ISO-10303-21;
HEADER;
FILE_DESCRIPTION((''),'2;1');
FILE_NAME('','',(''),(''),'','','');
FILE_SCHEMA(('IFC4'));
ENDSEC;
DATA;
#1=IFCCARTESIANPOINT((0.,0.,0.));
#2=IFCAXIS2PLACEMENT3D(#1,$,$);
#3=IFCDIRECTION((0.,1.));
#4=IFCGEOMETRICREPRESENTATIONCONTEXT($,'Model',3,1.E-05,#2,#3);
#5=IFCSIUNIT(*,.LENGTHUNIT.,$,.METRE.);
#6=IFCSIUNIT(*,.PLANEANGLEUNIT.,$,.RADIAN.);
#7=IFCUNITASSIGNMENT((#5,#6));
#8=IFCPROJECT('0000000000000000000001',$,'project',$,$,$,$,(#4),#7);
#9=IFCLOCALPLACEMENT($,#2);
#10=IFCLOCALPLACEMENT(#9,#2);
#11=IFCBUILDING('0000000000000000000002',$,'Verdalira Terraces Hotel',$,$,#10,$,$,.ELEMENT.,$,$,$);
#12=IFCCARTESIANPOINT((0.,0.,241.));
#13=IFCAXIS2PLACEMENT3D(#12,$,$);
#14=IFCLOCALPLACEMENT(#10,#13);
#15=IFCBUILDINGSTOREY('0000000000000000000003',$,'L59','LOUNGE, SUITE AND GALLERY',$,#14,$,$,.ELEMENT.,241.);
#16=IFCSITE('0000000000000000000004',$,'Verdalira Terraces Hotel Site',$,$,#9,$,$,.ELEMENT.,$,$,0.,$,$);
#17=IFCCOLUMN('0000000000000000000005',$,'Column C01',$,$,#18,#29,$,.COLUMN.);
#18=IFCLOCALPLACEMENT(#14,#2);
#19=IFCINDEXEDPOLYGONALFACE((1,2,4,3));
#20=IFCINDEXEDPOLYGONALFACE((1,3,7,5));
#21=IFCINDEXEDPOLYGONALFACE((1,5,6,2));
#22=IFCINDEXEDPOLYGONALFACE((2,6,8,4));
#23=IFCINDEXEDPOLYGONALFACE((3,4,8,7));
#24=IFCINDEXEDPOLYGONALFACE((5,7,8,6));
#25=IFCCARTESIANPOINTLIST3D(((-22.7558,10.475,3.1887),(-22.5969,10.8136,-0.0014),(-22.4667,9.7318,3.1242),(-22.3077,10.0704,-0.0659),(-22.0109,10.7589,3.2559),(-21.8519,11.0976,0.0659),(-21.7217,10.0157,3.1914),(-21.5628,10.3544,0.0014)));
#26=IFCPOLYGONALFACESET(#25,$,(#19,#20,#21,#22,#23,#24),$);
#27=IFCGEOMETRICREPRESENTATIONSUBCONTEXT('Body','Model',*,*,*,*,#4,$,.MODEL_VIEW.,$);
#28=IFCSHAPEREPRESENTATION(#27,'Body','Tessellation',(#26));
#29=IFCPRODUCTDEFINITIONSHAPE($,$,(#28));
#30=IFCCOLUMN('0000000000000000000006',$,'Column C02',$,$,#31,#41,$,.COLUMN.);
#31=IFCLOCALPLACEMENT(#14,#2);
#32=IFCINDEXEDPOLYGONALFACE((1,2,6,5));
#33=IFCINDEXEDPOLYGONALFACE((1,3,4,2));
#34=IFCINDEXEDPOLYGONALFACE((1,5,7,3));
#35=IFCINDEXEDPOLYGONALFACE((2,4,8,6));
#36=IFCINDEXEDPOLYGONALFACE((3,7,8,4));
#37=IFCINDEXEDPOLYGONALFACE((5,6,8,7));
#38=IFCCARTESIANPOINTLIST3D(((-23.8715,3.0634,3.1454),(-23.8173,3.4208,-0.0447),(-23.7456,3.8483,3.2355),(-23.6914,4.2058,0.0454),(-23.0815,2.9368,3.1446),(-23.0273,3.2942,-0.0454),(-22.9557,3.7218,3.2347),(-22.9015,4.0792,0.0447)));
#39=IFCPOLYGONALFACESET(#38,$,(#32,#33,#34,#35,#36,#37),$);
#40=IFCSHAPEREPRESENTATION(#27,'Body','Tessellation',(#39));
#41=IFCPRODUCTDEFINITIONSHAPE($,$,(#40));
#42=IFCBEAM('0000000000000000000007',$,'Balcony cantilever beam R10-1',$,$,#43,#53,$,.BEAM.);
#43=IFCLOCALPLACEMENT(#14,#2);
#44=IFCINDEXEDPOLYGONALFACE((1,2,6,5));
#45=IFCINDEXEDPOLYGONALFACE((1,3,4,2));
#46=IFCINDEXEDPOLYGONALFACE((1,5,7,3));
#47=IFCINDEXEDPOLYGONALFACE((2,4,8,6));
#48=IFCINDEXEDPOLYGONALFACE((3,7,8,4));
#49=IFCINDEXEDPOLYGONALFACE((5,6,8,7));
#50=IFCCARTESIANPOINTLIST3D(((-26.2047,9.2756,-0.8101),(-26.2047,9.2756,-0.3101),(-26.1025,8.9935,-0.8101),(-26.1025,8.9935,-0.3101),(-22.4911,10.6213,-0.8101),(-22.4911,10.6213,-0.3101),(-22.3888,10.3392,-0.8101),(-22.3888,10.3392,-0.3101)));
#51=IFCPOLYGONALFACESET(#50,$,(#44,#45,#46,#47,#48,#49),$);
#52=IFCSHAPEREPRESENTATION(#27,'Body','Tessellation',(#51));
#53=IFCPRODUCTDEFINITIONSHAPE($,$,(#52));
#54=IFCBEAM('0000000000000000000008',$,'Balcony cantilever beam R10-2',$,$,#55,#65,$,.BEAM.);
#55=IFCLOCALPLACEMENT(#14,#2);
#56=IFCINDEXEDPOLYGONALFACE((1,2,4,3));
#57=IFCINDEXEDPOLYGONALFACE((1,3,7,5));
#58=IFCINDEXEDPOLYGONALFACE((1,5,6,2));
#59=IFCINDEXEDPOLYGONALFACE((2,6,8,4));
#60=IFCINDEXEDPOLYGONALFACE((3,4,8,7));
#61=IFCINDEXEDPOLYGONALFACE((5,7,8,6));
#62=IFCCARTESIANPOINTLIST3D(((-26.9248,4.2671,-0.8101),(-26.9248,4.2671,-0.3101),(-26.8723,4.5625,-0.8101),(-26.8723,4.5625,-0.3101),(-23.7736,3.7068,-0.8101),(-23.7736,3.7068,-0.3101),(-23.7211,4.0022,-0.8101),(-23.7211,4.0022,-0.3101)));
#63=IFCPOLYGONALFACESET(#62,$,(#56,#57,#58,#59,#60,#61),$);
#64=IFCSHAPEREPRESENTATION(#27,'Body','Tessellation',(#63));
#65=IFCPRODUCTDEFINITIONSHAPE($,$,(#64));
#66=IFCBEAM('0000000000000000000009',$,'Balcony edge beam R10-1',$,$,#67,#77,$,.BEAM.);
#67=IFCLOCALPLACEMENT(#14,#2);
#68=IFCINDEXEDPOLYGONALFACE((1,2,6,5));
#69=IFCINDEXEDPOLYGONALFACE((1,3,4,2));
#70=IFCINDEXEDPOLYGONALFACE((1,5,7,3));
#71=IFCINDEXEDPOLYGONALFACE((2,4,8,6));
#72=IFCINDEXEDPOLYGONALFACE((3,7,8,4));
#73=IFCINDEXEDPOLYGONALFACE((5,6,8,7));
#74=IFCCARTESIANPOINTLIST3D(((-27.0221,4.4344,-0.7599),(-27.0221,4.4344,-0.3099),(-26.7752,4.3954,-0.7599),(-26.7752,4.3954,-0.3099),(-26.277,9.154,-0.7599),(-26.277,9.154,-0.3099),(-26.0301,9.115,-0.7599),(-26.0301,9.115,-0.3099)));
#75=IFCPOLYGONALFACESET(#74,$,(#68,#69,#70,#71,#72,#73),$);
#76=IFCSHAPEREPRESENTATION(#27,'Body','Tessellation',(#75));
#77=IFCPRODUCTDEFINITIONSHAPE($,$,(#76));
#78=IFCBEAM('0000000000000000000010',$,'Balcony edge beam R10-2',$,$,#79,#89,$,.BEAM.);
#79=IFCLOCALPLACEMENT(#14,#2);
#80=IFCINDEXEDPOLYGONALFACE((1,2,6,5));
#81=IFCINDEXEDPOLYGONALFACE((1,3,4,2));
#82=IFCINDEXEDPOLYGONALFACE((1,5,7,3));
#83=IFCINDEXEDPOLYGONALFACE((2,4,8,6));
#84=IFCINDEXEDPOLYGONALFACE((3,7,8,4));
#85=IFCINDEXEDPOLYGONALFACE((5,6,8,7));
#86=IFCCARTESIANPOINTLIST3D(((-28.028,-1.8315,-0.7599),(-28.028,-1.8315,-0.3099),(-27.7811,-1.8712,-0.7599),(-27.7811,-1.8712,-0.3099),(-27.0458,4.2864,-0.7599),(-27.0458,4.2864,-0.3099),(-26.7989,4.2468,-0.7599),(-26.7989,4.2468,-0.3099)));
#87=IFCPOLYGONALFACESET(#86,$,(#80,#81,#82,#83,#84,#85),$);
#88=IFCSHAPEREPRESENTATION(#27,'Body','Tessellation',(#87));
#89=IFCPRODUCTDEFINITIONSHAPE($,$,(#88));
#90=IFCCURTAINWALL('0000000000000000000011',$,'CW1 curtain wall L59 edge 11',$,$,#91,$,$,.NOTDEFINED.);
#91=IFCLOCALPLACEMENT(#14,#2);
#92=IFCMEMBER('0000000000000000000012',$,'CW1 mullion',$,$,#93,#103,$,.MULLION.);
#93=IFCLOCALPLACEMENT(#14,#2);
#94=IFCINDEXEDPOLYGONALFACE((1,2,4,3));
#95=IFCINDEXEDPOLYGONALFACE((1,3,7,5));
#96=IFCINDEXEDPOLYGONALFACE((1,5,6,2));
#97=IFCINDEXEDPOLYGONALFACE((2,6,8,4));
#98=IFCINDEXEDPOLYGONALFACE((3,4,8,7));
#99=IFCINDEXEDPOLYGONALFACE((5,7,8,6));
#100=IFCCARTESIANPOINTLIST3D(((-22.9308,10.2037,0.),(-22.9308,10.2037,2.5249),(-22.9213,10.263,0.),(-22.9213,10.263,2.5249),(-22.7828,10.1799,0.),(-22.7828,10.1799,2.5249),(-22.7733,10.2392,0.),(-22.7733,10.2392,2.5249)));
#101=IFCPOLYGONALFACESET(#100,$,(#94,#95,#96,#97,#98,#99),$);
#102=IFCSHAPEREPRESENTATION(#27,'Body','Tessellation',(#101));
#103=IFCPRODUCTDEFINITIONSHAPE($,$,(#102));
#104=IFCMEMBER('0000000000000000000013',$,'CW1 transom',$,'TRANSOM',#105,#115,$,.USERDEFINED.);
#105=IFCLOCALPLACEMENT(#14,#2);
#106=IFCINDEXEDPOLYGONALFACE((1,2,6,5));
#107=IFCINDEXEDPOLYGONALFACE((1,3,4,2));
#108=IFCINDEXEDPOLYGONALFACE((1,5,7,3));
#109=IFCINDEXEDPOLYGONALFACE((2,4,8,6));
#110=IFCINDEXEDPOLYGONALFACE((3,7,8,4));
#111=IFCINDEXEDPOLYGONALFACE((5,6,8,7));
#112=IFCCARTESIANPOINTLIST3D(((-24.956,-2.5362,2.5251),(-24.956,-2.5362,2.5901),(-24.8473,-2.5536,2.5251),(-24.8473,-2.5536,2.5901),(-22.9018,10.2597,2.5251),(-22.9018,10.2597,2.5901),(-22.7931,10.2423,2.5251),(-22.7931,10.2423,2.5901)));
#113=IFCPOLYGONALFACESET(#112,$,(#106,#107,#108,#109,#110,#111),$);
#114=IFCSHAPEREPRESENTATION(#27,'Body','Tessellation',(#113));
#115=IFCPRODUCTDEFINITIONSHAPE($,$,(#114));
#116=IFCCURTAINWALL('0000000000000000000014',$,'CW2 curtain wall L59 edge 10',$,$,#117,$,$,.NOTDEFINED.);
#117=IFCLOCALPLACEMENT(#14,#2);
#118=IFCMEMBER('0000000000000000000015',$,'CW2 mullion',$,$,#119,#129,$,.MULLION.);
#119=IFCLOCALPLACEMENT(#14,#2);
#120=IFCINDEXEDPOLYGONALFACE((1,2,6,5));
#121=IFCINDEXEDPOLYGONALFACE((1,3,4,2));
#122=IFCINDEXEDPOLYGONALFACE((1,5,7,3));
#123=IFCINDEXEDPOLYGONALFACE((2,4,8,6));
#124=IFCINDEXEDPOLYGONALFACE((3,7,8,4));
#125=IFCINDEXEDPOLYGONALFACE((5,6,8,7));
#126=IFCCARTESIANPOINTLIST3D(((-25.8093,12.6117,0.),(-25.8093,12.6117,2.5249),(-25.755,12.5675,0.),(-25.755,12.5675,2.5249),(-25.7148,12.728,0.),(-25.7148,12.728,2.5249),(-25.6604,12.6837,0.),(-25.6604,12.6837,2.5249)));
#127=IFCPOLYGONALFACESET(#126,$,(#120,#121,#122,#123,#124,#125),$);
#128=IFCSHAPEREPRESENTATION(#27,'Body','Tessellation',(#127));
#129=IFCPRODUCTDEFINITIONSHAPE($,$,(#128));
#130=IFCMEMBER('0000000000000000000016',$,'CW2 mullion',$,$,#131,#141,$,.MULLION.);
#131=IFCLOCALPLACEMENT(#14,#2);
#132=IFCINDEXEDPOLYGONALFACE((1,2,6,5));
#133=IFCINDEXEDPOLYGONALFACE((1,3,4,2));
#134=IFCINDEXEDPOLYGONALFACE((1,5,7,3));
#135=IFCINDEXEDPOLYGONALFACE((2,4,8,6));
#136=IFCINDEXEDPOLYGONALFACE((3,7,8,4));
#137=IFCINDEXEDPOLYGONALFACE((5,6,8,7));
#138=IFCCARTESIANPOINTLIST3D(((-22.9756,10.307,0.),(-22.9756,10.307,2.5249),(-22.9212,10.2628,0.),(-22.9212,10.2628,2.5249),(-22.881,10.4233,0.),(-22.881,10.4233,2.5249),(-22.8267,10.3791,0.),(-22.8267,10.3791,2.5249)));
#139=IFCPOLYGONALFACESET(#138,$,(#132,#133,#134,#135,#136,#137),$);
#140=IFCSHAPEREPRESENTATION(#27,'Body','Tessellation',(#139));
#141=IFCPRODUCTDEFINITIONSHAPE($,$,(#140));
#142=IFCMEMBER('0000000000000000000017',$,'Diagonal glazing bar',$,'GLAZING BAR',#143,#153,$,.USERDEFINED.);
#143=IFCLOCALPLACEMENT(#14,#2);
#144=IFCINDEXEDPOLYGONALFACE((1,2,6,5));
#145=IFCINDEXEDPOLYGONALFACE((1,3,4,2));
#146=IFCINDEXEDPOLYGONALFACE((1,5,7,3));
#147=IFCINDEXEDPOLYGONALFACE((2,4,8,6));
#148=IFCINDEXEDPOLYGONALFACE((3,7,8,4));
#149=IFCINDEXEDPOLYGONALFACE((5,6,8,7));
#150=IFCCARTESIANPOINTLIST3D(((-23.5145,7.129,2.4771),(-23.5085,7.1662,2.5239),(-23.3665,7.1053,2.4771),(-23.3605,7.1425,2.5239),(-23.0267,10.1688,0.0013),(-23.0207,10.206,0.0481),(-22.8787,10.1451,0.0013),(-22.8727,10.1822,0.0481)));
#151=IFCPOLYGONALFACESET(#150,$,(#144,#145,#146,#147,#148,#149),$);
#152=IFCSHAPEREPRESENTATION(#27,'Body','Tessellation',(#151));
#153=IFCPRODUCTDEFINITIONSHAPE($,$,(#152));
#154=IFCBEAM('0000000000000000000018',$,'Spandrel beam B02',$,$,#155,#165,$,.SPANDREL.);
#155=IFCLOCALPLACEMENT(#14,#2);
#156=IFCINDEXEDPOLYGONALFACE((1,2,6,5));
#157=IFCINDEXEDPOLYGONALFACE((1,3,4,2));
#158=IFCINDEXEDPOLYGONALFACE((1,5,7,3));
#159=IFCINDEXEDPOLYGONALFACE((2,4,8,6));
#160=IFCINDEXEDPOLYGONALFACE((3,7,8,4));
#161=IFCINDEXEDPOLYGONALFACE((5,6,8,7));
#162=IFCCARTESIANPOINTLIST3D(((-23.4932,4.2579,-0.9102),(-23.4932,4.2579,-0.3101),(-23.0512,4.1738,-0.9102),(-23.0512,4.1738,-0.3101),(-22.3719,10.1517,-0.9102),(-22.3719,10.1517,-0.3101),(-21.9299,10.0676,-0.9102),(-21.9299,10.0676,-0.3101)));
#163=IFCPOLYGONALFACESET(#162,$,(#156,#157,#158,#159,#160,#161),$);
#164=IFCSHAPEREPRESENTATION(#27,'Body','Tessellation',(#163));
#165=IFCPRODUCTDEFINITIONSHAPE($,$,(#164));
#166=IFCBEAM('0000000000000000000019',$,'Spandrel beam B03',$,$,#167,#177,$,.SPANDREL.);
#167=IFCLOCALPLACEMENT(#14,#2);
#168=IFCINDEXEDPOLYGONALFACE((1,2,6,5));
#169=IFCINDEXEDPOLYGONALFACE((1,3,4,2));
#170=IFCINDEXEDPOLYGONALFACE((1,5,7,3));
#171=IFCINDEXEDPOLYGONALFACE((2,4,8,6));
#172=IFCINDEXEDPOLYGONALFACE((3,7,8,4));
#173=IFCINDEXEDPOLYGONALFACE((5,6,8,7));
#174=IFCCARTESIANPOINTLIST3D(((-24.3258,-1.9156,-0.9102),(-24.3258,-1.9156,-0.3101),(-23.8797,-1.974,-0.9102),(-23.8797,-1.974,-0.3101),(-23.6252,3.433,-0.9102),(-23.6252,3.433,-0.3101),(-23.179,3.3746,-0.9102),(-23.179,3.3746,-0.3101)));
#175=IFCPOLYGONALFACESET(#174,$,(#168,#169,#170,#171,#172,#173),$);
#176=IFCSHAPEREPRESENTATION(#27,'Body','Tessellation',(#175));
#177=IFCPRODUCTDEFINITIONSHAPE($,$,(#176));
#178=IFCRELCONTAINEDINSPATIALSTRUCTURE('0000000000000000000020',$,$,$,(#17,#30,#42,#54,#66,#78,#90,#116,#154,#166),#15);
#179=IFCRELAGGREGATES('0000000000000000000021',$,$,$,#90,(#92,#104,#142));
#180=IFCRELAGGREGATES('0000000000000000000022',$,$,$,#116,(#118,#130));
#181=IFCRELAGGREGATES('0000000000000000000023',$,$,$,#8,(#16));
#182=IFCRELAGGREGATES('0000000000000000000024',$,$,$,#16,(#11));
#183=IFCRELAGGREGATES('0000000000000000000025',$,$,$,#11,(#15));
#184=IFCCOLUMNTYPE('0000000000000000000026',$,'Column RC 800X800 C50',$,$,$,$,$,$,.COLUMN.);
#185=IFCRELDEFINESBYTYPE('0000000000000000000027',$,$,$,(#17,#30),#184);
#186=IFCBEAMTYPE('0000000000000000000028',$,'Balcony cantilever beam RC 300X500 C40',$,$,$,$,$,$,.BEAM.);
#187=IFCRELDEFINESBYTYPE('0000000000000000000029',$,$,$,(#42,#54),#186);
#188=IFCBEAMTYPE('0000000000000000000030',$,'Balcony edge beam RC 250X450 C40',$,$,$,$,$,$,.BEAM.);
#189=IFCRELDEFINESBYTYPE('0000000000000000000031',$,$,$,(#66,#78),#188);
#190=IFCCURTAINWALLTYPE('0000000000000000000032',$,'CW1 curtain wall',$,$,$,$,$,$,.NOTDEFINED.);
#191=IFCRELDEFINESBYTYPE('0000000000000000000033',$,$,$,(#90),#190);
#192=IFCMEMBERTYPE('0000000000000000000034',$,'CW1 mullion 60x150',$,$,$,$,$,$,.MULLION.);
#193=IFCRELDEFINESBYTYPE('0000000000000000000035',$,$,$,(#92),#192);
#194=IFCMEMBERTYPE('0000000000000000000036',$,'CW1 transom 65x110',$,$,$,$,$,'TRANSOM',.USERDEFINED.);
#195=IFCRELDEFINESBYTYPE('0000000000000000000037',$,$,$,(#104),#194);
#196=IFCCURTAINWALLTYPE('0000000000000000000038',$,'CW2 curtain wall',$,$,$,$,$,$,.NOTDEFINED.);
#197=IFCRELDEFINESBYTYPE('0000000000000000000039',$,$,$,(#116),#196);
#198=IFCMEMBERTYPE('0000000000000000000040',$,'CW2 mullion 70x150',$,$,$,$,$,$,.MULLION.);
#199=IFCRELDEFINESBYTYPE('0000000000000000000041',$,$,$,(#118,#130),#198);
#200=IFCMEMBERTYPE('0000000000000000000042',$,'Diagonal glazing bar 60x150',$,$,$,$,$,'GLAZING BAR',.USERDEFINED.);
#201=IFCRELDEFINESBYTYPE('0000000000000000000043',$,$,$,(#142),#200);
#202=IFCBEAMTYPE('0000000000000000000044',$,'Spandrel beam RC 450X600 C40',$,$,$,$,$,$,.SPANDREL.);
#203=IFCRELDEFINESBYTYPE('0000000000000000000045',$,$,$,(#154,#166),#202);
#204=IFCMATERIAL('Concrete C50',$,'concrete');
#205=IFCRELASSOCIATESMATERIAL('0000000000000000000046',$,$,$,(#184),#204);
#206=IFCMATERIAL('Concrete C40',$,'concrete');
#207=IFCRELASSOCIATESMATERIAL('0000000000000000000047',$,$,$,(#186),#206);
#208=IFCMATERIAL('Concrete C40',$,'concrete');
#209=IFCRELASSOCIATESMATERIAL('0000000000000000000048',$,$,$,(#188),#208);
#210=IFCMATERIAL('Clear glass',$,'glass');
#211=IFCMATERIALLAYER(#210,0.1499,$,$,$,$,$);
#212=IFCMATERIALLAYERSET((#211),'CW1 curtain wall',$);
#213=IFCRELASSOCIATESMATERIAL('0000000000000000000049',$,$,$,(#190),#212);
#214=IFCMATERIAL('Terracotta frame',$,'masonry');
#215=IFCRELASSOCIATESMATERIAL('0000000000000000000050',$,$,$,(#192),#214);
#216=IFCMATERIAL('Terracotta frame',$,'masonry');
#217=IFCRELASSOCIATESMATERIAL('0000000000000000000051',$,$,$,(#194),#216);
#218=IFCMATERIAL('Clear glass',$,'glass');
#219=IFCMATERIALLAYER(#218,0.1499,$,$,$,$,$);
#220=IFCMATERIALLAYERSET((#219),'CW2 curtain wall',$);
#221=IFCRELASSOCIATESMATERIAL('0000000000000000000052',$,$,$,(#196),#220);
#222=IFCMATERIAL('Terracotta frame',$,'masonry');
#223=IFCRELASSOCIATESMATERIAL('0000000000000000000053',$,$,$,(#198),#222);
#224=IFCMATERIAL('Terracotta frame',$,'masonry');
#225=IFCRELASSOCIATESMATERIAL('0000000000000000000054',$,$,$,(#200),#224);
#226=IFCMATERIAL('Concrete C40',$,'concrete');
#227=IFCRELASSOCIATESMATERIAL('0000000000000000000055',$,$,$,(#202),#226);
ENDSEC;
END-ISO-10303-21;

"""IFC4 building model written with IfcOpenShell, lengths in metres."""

from ifc_helpers import new_model, si_unit, direction, frame, origin, origin_2d, place, context, subcontext, project, spatial, rectangle, extrude, material, layer, layer_set, material_profile, profile_set, type_object, element, aggregate, save


model = new_model("IFC4")

# Units and contexts
model_context = context("Model", 3, precision=1e-05, world=origin(), true_north=direction((0.0, 1.0)))
body_context = subcontext(model_context, "Body", "Model", "MODEL_VIEW")
ifc_project = project(units=[si_unit("LENGTHUNIT", "METRE"), si_unit("PLANEANGLEUNIT", "RADIAN")], contexts=[model_context])

# Site, building, storey
site_placement = place(None, origin())
site = spatial("IfcSite", under=ifc_project, at=site_placement, Name="Verdalira Terraces Hotel Site", CompositionType="ELEMENT", RefElevation=0.0)
building_placement = place(site_placement, origin())
building = spatial("IfcBuilding", under=site, at=building_placement, Name="Verdalira Terraces Hotel", CompositionType="ELEMENT")
storey_placement = place(building_placement, frame((0.0, 0.0, 241.0)))
storey = spatial("IfcBuildingStorey", under=building, at=storey_placement, Name="L59", Description="LOUNGE, SUITE AND GALLERY", CompositionType="ELEMENT", Elevation=241.0)

# Columns
ifc_material_1 = material(Name="Concrete C50", Category="concrete")
ifc_material_profile_1 = material_profile(ifc_material_1, rectangle(XDim=0.8, YDim=0.8, at=origin_2d()), Name="RC 800X800")
ifc_profile_set_1 = profile_set([ifc_material_profile_1], Name="Concrete C50")
column_type = type_object("IfcColumnType", Name="Column RC 800X800 C50", PredefinedType="COLUMN", material=ifc_profile_set_1)
column_1_placement = place(storey_placement, frame((-22.0798, 10.584, 0.0), z_axis=(-0.049485, -0.105431, 0.993195), x_axis=(-0.361384, 0.928927, 0.080603)))
element("IfcColumn", 1, at=column_1_placement, inside=storey, type_object=column_type, Name="Column C01", PredefinedType="COLUMN", context=body_context, shape_type="SweptSolid", body=[
    extrude(rectangle(XDim=0.8, YDim=0.8, at=origin_2d()), origin(), (0.0, 0.0, 1.0), 3.2119),
])
column_2_placement = place(storey_placement, frame((-23.3594, 3.75, 0.0), z_axis=(-0.016883, -0.111334, 0.99364), x_axis=(-0.157303, -0.98111, -0.112603)))
element("IfcColumn", 2, at=column_2_placement, inside=storey, type_object=column_type, Name="Column C02", PredefinedType="COLUMN", context=body_context, shape_type="SweptSolid", body=[
    extrude(rectangle(XDim=0.8, YDim=0.8, at=origin_2d()), origin(), (0.0, 0.0, 1.0), 3.2104),
])

# Beams
ifc_material_2 = material(Name="Concrete C40", Category="concrete")
ifc_material_profile_2 = material_profile(ifc_material_2, rectangle(XDim=0.3, YDim=0.5, at=origin_2d()), Name="RC 300X500")
ifc_profile_set_2 = profile_set([ifc_material_profile_2], Name="Concrete C40")
beam_type_1 = type_object("IfcBeamType", Name="Balcony cantilever beam RC 300X500 C40", PredefinedType="BEAM", material=ifc_profile_set_2)
beam_1_placement = place(storey_placement, frame((-22.4399, 10.4802, -0.5601), z_axis=(-0.940175, -0.340691, 0.0), x_axis=(0.340691, -0.940175, 0.0)))
element("IfcBeam", 3, at=beam_1_placement, inside=storey, type_object=beam_type_1, Name="Balcony cantilever beam R10-1", PredefinedType="BEAM", context=body_context, shape_type="SweptSolid", body=[
    extrude(rectangle(XDim=0.3, YDim=0.5, at=origin_2d()), origin(), (0.0, 0.0, 1.0), 3.95),
])
beam_2_placement = place(storey_placement, frame((-23.7473, 3.8545, -0.5601), z_axis=(-0.984559, 0.175051, 0.0), x_axis=(-0.175051, -0.984559, 0.0)))
element("IfcBeam", 4, at=beam_2_placement, inside=storey, type_object=beam_type_1, Name="Balcony cantilever beam R10-2", PredefinedType="BEAM", context=body_context, shape_type="SweptSolid", body=[
    extrude(rectangle(XDim=0.3, YDim=0.5, at=origin_2d()), origin(), (0.0, 0.0, 1.0), 3.2007),
])
ifc_material_3 = material(Name="Concrete C40", Category="concrete")
ifc_material_profile_3 = material_profile(ifc_material_3, rectangle(XDim=0.25, YDim=0.45, at=origin_2d()), Name="RC 250X450")
ifc_profile_set_3 = profile_set([ifc_material_profile_3], Name="Concrete C40")
beam_type_2 = type_object("IfcBeamType", Name="Balcony edge beam RC 250X450 C40", PredefinedType="BEAM", material=ifc_profile_set_3)
beam_3_placement = place(storey_placement, frame((-26.1536, 9.1345, -0.5349), z_axis=(-0.155942, -0.987766, 0.0), x_axis=(0.987766, -0.155942, 0.0)))
element("IfcBeam", 5, at=beam_3_placement, inside=storey, type_object=beam_type_2, Name="Balcony edge beam R10-1", PredefinedType="BEAM", context=body_context, shape_type="SweptSolid", body=[
    extrude(rectangle(XDim=0.25, YDim=0.45, at=origin_2d()), origin(), (0.0, 0.0, 1.0), 4.7781),
])
beam_4_placement = place(storey_placement, frame((-26.9224, 4.2666, -0.5349), z_axis=(-0.158511, -0.987357, 0.0), x_axis=(0.987357, -0.158511, 0.0)))
element("IfcBeam", 6, at=beam_4_placement, inside=storey, type_object=beam_type_2, Name="Balcony edge beam R10-2", PredefinedType="BEAM", context=body_context, shape_type="SweptSolid", body=[
    extrude(rectangle(XDim=0.25, YDim=0.45, at=origin_2d()), origin(), (0.0, 0.0, 1.0), 6.1963),
])

# Curtain walls, members
ifc_material_4 = material(Name="Clear glass", Category="glass")
ifc_layer_1 = layer(ifc_material_4, 0.1499)
ifc_layer_set_1 = layer_set([ifc_layer_1], Name="CW1 curtain wall")
curtain_wall_type_1 = type_object("IfcCurtainWallType", Name="CW1 curtain wall", PredefinedType="NOTDEFINED", material=ifc_layer_set_1)
curtain_wall_1_placement = place(storey_placement, origin())
curtain_wall_1 = element("IfcCurtainWall", 7, at=curtain_wall_1_placement, inside=storey, type_object=curtain_wall_type_1, Name="CW1 curtain wall L59 edge 11", PredefinedType="NOTDEFINED")
ifc_material_5 = material(Name="Terracotta frame", Category="masonry")
ifc_material_profile_4 = material_profile(ifc_material_5, rectangle(XDim=0.0601, YDim=0.1499, at=origin_2d()), Name="MU 60x150")
ifc_profile_set_4 = profile_set([ifc_material_profile_4], Name="Terracotta frame")
member_type_1 = type_object("IfcMemberType", Name="CW1 mullion 60x150", PredefinedType="MULLION", material=ifc_profile_set_4)
member_1_placement = place(storey_placement, frame((-22.8521, 10.2214, 0.0), z_axis=(0.0, 0.0, 1.0), x_axis=(-0.158503, -0.987359, 0.0)))
member_1 = element("IfcMember", 8, at=member_1_placement, type_object=member_type_1, Name="CW1 mullion", PredefinedType="MULLION", context=body_context, shape_type="SweptSolid", body=[
    extrude(rectangle(XDim=0.0601, YDim=0.1499, at=origin_2d()), origin(), (0.0, 0.0, 1.0), 2.5249),
])
ifc_material_6 = material(Name="Terracotta frame", Category="masonry")
ifc_material_profile_5 = material_profile(ifc_material_6, rectangle(XDim=0.1101, YDim=0.0649, at=origin_2d()), Name="TR 65x110")
ifc_profile_set_5 = profile_set([ifc_material_profile_5], Name="Terracotta frame")
member_type_2 = type_object("IfcMemberType", Name="CW1 transom 65x110", ElementType="TRANSOM", PredefinedType="USERDEFINED", material=ifc_profile_set_5)
member_2_placement = place(storey_placement, frame((-22.8474, 10.251, 2.5576), z_axis=(-0.158506, -0.987358, 0.0), x_axis=(0.987358, -0.158506, 0.0)))
member_2 = element("IfcMember", 9, at=member_2_placement, type_object=member_type_2, Name="CW1 transom", ObjectType="TRANSOM", PredefinedType="USERDEFINED", context=body_context, shape_type="SweptSolid", body=[
    extrude(rectangle(XDim=0.1101, YDim=0.0649, at=origin_2d()), origin(), (0.0, 0.0, 1.0), 12.9597),
])
ifc_material_7 = material(Name="Clear glass", Category="glass")
ifc_layer_2 = layer(ifc_material_7, 0.1499)
ifc_layer_set_2 = layer_set([ifc_layer_2], Name="CW2 curtain wall")
curtain_wall_type_2 = type_object("IfcCurtainWallType", Name="CW2 curtain wall", PredefinedType="NOTDEFINED", material=ifc_layer_set_2)
curtain_wall_2_placement = place(storey_placement, origin())
curtain_wall_2 = element("IfcCurtainWall", 10, at=curtain_wall_2_placement, inside=storey, type_object=curtain_wall_type_2, Name="CW2 curtain wall L59 edge 10", PredefinedType="NOTDEFINED")
ifc_material_8 = material(Name="Terracotta frame", Category="masonry")
ifc_material_profile_6 = material_profile(ifc_material_8, rectangle(XDim=0.0701, YDim=0.1499, at=origin_2d()), Name="MU 70x150")
ifc_profile_set_6 = profile_set([ifc_material_profile_6], Name="Terracotta frame")
member_type_3 = type_object("IfcMemberType", Name="CW2 mullion 70x150", PredefinedType="MULLION", material=ifc_profile_set_6)
member_3_placement = place(storey_placement, frame((-25.7349, 12.6477, 0.0), z_axis=(0.0, 0.0, 1.0), x_axis=(0.775826, -0.630947, 0.0)))
member_3 = element("IfcMember", 11, at=member_3_placement, type_object=member_type_3, Name="CW2 mullion", PredefinedType="MULLION", context=body_context, shape_type="SweptSolid", body=[
    extrude(rectangle(XDim=0.0701, YDim=0.1499, at=origin_2d()), origin(), (0.0, 0.0, 1.0), 2.5249),
])
member_4_placement = place(storey_placement, frame((-22.9011, 10.343, 0.0), z_axis=(0.0, 0.0, 1.0), x_axis=(0.775826, -0.630947, 0.0)))
member_4 = element("IfcMember", 12, at=member_4_placement, type_object=member_type_3, Name="CW2 mullion", PredefinedType="MULLION", context=body_context, shape_type="SweptSolid", body=[
    extrude(rectangle(XDim=0.0701, YDim=0.1499, at=origin_2d()), origin(), (0.0, 0.0, 1.0), 2.5249),
])

# Member
ifc_material_9 = material(Name="Terracotta frame", Category="masonry")
ifc_material_profile_7 = material_profile(ifc_material_9, rectangle(XDim=0.1499, YDim=0.0601, at=origin_2d()), Name="GB 60x150")
ifc_profile_set_7 = profile_set([ifc_material_profile_7], Name="Terracotta frame")
member_type_4 = type_object("IfcMemberType", Name="Diagonal glazing bar 60x150", ElementType="GLAZING BAR", PredefinedType="USERDEFINED", material=ifc_profile_set_7)
member_5_placement = place(storey_placement, frame((-22.9497, 10.1755, 0.0247), z_axis=(-0.12347, -0.769432, 0.626681), x_axis=(0.987368, -0.158442, 0.0)))
member_5 = element("IfcMember", 13, at=member_5_placement, type_object=member_type_4, Name="Diagonal glazing bar", ObjectType="GLAZING BAR", PredefinedType="USERDEFINED", context=body_context, shape_type="SweptSolid", body=[
    extrude(rectangle(XDim=0.1499, YDim=0.0601, at=origin_2d()), origin(), (0.0, 0.0, 1.0), 3.9507),
])

# Beams
ifc_material_10 = material(Name="Concrete C40", Category="concrete")
ifc_material_profile_8 = material_profile(ifc_material_10, rectangle(XDim=0.45, YDim=0.6001, at=origin_2d()), Name="RC 450X600")
ifc_profile_set_8 = profile_set([ifc_material_profile_8], Name="Concrete C40")
beam_type_3 = type_object("IfcBeamType", Name="Spandrel beam RC 450X600 C40", PredefinedType="SPANDREL", material=ifc_profile_set_8)
beam_5_placement = place(storey_placement, frame((-22.1509, 10.1096, -0.6101), z_axis=(-0.186905, -0.982378, 0.0), x_axis=(0.982378, -0.186905, 0.0)))
element("IfcBeam", 14, at=beam_5_placement, inside=storey, type_object=beam_type_3, Name="Spandrel beam B02", PredefinedType="SPANDREL", context=body_context, shape_type="SweptSolid", body=[
    extrude(rectangle(XDim=0.45, YDim=0.6001, at=origin_2d()), origin(), (0.0, 0.0, 1.0), 5.9995),
])
beam_6_placement = place(storey_placement, frame((-23.4021, 3.4038, -0.6101), z_axis=(-0.129893, -0.991528, 0.0), x_axis=(0.991528, -0.129893, 0.0)))
element("IfcBeam", 15, at=beam_6_placement, inside=storey, type_object=beam_type_3, Name="Spandrel beam B03", PredefinedType="SPANDREL", context=body_context, shape_type="SweptSolid", body=[
    extrude(rectangle(XDim=0.45, YDim=0.6001, at=origin_2d()), origin(), (0.0, 0.0, 1.0), 5.3943),
])

aggregate(curtain_wall_1, [member_1, member_2, member_5])
aggregate(curtain_wall_2, [member_3, member_4])

save(model, "model.ifc")
